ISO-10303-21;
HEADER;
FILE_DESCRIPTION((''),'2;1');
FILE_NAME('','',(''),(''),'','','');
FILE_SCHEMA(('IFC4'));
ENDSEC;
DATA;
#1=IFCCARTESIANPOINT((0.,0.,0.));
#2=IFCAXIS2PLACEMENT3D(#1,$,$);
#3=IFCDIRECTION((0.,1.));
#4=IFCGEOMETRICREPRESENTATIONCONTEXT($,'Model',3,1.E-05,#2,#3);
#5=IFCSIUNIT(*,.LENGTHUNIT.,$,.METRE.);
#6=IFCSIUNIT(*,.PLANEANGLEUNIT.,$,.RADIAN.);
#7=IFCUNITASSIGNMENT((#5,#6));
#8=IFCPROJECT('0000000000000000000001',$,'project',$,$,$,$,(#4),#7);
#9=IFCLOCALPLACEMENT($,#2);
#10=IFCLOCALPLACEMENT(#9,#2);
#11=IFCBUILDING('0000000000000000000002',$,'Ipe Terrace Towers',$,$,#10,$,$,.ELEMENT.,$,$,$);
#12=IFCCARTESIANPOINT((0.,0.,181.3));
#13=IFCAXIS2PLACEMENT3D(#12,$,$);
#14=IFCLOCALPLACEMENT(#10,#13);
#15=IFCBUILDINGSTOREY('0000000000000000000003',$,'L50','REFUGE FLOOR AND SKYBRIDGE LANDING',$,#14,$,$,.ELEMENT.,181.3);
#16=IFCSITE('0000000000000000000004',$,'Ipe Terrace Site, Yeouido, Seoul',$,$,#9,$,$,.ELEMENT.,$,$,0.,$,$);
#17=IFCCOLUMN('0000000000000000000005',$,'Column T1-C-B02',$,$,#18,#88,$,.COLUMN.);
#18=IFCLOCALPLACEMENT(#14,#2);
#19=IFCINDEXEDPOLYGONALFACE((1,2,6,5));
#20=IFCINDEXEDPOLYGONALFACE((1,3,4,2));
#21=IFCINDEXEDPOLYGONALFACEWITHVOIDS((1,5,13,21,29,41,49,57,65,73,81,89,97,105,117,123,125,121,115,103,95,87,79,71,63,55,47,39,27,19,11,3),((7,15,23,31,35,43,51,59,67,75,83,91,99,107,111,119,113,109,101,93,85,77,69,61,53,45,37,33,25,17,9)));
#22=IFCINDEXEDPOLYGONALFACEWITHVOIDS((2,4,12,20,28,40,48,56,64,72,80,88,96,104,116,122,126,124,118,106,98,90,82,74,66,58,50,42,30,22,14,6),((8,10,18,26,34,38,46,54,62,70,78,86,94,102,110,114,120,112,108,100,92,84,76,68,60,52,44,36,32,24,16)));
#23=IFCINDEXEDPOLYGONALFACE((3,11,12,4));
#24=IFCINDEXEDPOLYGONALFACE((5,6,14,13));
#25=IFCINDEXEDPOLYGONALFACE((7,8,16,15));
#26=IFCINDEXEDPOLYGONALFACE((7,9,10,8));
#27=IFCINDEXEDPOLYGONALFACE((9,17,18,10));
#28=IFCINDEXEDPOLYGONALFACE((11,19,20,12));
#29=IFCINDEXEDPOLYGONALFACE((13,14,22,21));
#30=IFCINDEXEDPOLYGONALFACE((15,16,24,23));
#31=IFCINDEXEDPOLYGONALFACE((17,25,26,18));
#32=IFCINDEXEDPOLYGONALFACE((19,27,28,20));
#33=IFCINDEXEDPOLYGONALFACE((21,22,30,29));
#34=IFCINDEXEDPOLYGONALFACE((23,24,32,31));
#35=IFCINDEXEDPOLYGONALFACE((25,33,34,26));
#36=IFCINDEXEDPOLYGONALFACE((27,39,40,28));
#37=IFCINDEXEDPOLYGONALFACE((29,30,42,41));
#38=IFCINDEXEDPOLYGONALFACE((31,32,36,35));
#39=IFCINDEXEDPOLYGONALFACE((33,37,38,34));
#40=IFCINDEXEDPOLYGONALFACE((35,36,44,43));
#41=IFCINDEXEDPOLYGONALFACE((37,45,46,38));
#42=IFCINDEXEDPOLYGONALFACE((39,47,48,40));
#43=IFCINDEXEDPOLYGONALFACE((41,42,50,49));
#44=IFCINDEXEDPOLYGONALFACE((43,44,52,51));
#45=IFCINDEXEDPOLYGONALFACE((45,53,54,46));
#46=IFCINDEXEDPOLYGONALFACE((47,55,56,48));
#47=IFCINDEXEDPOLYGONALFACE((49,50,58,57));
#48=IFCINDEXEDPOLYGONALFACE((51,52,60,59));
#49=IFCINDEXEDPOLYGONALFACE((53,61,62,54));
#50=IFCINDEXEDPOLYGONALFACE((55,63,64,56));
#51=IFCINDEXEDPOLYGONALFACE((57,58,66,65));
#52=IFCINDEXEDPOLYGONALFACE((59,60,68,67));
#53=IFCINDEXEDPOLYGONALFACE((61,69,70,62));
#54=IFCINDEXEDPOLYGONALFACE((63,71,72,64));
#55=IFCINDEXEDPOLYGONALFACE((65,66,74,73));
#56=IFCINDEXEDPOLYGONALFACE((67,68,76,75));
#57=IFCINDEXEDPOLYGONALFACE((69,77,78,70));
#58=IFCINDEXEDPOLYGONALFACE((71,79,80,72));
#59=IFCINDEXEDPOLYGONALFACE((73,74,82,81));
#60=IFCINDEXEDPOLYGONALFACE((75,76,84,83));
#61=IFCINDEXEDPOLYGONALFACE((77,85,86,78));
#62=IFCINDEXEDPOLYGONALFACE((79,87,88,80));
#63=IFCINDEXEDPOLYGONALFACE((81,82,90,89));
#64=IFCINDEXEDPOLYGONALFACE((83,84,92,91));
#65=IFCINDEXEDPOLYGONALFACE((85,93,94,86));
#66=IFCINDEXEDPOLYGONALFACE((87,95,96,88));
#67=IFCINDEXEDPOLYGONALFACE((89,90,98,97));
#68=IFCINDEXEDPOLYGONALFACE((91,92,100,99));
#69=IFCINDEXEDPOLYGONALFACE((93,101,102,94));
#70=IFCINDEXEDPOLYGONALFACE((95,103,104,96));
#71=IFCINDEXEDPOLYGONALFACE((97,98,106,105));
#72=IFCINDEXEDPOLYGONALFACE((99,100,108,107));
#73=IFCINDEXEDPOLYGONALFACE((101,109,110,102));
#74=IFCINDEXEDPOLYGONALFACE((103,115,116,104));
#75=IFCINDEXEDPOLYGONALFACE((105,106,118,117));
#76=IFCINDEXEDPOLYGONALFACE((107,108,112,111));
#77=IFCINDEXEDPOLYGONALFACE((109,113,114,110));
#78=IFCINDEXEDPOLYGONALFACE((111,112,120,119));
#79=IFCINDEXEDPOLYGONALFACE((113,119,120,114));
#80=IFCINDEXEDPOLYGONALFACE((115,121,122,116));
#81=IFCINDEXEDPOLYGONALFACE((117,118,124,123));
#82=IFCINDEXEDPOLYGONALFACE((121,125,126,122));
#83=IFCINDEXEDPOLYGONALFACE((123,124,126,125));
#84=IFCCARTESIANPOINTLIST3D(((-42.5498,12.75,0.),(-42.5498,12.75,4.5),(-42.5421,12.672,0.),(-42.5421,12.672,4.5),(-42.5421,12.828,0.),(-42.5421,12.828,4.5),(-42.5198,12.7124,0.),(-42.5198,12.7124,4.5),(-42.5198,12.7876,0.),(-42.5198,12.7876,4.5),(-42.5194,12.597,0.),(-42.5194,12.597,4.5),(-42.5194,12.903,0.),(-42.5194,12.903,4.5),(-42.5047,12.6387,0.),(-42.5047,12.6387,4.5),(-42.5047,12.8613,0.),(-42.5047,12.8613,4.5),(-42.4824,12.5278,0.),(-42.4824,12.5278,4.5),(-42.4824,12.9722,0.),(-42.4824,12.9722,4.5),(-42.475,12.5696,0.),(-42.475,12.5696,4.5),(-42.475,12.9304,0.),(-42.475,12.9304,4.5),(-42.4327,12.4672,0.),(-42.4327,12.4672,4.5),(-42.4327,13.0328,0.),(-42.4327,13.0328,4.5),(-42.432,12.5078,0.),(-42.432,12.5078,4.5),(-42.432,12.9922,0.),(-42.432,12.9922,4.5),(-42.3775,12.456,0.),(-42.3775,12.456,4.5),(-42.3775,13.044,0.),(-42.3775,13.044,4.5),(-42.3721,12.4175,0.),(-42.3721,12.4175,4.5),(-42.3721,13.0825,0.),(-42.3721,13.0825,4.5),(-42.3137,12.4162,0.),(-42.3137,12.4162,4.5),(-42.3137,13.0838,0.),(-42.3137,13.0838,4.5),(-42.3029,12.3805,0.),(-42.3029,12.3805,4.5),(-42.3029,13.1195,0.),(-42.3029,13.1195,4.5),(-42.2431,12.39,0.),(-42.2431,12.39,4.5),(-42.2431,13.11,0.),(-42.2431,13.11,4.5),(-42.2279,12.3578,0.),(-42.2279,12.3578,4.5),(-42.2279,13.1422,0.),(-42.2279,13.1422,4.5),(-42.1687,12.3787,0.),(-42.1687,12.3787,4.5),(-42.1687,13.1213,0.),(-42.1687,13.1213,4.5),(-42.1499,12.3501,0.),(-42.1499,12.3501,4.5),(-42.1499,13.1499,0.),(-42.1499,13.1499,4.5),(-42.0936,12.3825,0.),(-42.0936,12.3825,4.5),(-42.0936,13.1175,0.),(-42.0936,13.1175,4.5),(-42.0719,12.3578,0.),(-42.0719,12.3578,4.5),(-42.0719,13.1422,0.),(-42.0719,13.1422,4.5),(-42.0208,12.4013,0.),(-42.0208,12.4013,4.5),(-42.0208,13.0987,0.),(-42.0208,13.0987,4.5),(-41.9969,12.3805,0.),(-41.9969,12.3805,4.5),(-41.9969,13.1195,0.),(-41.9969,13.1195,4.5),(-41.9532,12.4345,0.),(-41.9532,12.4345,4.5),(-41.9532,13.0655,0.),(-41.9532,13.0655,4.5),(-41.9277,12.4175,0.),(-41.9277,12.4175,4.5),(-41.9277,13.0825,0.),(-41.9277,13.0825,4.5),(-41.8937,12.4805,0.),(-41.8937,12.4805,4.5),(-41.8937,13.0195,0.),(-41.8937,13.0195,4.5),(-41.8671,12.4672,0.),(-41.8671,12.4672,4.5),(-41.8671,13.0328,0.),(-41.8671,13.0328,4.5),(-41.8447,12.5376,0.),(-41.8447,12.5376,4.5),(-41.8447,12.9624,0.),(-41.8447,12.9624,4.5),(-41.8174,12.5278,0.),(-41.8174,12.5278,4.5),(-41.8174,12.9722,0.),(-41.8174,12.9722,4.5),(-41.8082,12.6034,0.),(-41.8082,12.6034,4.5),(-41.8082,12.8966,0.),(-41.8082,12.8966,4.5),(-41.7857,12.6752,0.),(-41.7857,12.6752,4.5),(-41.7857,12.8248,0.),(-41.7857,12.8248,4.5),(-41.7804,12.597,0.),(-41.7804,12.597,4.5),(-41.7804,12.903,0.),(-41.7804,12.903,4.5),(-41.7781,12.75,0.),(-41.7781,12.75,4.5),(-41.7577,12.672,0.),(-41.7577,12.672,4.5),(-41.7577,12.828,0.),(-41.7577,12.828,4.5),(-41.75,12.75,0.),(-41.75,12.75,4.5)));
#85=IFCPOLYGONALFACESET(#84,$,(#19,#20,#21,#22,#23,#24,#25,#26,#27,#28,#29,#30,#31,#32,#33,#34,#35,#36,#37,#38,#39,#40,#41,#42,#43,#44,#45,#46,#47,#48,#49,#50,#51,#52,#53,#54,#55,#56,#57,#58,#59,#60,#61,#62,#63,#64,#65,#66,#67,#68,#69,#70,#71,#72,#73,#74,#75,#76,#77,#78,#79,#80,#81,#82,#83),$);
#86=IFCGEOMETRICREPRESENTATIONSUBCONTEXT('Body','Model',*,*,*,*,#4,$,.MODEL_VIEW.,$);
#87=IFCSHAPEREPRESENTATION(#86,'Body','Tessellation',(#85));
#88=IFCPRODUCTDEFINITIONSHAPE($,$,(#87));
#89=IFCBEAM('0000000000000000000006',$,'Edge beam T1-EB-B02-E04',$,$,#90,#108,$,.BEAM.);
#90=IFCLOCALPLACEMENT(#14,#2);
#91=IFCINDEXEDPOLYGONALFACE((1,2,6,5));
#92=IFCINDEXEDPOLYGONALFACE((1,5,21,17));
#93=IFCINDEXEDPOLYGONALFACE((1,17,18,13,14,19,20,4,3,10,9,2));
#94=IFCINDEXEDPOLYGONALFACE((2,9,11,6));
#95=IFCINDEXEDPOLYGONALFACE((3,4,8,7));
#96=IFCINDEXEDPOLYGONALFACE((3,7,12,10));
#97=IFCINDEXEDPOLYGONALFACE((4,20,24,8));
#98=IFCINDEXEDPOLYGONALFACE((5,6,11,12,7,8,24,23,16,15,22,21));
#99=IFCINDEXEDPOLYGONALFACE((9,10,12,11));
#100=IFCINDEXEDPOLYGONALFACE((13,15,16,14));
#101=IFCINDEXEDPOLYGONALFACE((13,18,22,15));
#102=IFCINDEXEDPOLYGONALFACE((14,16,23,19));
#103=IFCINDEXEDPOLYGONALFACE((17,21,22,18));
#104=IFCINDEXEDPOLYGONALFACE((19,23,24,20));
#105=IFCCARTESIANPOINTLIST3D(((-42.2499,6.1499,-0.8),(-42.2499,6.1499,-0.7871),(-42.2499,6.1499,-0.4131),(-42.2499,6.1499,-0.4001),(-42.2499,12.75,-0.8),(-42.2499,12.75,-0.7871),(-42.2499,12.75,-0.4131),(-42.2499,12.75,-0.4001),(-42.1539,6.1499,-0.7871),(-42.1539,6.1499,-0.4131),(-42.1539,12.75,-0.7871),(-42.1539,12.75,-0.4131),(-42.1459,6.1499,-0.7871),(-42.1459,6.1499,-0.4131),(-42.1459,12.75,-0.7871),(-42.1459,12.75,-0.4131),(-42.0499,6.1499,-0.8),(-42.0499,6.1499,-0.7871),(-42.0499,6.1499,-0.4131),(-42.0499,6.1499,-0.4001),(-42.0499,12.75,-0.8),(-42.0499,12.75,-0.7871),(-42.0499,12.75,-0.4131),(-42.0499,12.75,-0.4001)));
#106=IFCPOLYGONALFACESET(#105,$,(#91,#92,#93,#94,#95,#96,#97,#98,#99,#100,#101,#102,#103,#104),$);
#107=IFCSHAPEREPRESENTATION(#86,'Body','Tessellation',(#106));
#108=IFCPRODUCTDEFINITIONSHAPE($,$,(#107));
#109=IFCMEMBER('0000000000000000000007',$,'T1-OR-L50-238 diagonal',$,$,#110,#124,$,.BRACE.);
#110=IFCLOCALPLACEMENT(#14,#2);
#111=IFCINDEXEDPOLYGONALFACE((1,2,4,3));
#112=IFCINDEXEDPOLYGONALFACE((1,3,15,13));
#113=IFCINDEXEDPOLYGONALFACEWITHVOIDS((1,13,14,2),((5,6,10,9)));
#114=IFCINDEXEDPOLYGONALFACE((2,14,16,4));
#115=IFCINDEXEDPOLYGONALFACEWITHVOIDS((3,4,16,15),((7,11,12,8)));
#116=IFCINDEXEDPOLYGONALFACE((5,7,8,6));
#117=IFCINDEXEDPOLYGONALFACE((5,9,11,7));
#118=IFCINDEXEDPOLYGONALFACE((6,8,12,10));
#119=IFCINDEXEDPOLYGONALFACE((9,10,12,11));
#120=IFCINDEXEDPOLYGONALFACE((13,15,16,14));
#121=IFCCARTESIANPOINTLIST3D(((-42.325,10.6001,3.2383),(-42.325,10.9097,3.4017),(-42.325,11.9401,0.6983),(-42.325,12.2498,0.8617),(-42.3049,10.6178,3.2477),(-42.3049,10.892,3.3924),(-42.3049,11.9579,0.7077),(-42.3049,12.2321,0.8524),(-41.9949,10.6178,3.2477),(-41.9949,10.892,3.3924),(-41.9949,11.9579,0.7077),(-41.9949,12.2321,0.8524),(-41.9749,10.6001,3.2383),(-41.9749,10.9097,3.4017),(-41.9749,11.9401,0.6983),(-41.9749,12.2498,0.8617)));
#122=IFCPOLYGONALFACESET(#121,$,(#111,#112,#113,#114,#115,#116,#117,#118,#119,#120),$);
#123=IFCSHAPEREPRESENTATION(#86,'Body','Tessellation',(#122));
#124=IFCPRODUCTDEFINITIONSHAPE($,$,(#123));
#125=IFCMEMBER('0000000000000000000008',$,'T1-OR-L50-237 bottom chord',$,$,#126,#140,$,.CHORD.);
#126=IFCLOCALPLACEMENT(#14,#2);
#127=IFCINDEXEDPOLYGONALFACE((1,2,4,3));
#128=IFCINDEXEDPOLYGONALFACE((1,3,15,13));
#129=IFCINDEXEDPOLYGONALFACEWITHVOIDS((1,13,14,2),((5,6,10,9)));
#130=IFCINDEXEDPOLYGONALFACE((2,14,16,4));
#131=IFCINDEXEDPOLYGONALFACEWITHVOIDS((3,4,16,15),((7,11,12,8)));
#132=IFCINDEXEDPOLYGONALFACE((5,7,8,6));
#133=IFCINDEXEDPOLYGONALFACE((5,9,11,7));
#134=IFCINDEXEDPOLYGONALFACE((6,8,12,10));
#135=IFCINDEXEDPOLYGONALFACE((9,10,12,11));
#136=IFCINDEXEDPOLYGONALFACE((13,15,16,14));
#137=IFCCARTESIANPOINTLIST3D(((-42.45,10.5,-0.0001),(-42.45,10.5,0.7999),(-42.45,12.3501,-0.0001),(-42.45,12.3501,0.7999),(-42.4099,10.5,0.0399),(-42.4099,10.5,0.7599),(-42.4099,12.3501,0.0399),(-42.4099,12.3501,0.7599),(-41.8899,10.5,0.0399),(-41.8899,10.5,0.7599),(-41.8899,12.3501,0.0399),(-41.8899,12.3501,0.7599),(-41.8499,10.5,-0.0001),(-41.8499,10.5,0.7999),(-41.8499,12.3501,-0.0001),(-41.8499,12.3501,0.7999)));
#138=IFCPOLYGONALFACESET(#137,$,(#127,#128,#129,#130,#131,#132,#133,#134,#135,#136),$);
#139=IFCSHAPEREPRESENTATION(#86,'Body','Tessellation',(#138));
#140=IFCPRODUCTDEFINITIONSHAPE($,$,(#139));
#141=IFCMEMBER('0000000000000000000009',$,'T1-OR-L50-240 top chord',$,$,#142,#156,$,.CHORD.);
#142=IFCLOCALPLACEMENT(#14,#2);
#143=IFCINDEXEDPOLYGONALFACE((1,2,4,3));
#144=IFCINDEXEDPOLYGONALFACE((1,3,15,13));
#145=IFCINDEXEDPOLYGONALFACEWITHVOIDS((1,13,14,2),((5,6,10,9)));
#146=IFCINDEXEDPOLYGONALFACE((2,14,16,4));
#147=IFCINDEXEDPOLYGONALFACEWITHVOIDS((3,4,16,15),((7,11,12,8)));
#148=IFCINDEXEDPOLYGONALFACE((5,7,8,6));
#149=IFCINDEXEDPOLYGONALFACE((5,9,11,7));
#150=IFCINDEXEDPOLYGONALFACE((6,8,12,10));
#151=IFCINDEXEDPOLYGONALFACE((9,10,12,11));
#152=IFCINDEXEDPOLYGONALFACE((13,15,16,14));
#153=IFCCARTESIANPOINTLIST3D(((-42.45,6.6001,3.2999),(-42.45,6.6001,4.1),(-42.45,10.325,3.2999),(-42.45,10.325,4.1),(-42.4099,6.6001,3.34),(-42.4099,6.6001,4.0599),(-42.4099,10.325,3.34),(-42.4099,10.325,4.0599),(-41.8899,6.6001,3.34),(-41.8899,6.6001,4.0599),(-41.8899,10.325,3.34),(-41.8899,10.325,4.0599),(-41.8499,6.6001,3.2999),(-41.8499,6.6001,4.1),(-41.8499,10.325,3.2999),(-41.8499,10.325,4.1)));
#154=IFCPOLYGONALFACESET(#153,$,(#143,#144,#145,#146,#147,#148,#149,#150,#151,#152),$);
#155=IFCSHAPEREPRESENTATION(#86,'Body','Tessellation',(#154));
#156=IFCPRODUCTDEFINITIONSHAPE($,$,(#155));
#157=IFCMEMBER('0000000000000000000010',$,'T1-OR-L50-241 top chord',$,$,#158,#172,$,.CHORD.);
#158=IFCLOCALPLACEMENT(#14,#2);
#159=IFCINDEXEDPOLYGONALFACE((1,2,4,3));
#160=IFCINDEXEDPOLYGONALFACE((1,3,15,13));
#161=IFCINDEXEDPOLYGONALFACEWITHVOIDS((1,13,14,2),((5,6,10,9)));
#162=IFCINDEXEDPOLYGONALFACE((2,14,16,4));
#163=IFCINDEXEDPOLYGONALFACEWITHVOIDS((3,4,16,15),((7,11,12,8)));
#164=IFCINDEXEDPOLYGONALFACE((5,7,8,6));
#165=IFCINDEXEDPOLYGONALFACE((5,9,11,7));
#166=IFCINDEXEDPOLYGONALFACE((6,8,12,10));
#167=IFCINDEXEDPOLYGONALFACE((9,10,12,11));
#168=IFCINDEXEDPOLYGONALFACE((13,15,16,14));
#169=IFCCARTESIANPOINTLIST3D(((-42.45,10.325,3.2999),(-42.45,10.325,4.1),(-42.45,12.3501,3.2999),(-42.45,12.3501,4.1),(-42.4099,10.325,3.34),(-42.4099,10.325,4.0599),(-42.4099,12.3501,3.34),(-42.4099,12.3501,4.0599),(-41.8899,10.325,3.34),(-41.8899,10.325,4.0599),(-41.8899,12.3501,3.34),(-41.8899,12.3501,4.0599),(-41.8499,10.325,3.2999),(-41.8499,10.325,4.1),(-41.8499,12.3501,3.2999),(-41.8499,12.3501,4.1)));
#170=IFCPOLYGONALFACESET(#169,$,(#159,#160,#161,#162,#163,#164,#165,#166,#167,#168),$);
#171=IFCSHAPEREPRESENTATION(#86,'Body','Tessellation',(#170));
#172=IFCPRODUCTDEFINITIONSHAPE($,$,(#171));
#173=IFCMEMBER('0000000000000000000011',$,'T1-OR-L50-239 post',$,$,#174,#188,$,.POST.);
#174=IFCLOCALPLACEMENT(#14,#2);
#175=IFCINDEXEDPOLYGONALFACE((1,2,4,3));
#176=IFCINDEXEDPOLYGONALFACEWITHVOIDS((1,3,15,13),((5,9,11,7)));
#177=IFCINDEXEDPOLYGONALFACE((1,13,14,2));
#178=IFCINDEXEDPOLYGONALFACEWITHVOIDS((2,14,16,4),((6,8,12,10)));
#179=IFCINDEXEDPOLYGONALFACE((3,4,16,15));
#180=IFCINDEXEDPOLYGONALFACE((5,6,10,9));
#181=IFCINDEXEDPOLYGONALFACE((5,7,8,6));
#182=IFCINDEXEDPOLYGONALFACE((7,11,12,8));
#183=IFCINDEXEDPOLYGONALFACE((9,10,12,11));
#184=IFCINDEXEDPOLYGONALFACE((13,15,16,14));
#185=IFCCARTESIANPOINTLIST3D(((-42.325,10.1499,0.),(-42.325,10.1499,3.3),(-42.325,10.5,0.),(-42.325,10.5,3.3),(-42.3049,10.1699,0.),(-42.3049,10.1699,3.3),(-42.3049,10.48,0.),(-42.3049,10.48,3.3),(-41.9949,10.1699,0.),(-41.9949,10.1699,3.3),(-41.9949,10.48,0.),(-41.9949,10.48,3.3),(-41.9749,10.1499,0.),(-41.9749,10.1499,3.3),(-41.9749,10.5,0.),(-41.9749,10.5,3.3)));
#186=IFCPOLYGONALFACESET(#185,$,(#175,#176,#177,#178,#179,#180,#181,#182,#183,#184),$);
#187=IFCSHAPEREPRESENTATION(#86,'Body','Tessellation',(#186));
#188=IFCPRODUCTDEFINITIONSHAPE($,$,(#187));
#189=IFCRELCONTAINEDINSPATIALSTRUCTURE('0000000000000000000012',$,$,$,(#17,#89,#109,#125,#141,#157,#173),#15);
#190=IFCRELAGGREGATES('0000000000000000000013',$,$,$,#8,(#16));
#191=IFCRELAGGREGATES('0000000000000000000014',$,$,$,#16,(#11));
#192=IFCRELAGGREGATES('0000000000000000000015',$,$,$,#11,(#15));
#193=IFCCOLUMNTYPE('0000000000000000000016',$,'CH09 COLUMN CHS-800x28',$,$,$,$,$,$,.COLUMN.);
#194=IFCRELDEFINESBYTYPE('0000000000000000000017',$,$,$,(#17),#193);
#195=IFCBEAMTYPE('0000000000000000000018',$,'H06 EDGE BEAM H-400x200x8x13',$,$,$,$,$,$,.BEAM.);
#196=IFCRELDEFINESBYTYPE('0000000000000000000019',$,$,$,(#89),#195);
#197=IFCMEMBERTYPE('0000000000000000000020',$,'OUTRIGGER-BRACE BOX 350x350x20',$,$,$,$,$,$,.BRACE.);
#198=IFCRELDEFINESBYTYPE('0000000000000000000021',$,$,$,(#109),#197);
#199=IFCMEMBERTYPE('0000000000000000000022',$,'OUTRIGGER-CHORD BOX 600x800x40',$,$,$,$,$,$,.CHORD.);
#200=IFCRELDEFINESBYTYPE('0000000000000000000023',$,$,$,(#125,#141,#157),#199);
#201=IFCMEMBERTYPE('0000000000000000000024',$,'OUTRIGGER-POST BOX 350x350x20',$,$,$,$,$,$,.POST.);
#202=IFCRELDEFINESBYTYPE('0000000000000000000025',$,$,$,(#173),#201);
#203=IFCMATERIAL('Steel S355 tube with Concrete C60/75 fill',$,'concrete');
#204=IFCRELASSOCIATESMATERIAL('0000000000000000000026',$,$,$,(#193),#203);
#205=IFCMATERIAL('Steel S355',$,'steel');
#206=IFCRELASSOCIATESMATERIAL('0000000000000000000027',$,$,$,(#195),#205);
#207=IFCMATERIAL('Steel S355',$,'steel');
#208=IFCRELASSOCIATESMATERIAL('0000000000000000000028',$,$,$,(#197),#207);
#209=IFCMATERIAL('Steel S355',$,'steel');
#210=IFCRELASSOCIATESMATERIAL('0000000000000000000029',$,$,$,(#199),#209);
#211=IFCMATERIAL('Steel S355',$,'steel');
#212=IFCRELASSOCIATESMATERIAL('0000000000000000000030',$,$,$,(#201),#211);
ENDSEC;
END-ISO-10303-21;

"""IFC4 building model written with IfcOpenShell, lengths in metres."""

from ifc_helpers import new_model, si_unit, direction, frame, origin, origin_2d, place, context, subcontext, project, spatial, hollow_rectangle, hollow_circle, i_section, extrude, material, material_profile, profile_set, type_object, element, save


model = new_model("IFC4")

# Units and contexts
model_context = context("Model", 3, precision=1e-05, world=origin(), true_north=direction((0.0, 1.0)))
body_context = subcontext(model_context, "Body", "Model", "MODEL_VIEW")
ifc_project = project(units=[si_unit("LENGTHUNIT", "METRE"), si_unit("PLANEANGLEUNIT", "RADIAN")], contexts=[model_context])

# Site, building, storey
site_placement = place(None, origin())
site = spatial("IfcSite", under=ifc_project, at=site_placement, Name="Ipe Terrace Site, Yeouido, Seoul", CompositionType="ELEMENT", RefElevation=0.0)
building_placement = place(site_placement, origin())
building = spatial("IfcBuilding", under=site, at=building_placement, Name="Ipe Terrace Towers", CompositionType="ELEMENT")
storey_placement = place(building_placement, frame((0.0, 0.0, 181.3)))
storey = spatial("IfcBuildingStorey", under=building, at=storey_placement, Name="L50", Description="REFUGE FLOOR AND SKYBRIDGE LANDING", CompositionType="ELEMENT", Elevation=181.3)

# Column
ifc_material_1 = material(Name="Steel S355 tube with Concrete C60/75 fill", Category="concrete")
ifc_material_profile_1 = material_profile(ifc_material_1, hollow_circle(Radius=0.3999, WallThickness=0.0281, at=origin_2d()), Name="CHS-800x28")
ifc_profile_set_1 = profile_set([ifc_material_profile_1], Name="Steel S355 tube with Concrete C60/75 fill")
column_type = type_object("IfcColumnType", Name="CH09 COLUMN CHS-800x28", PredefinedType="COLUMN", material=ifc_profile_set_1)
column_placement = place(storey_placement, frame((-42.1499, 12.75, 0.0), z_axis=(0.0, 0.0, 1.0), x_axis=(1.0, 0.0, 0.0)))
element("IfcColumn", 1, at=column_placement, inside=storey, type_object=column_type, Name="Column T1-C-B02", PredefinedType="COLUMN", context=body_context, shape_type="SweptSolid", body=[
    extrude(hollow_circle(Radius=0.3999, WallThickness=0.0281, at=origin_2d()), origin(), (0.0, 0.0, 1.0), 4.5),
])

# Beam
ifc_material_2 = material(Name="Steel S355", Category="steel")
ifc_material_profile_2 = material_profile(ifc_material_2, i_section(OverallWidth=0.2, OverallDepth=0.3999, WebThickness=0.0081, FlangeThickness=0.0129, at=origin_2d()), Name="H-400x200x8x13")
ifc_profile_set_2 = profile_set([ifc_material_profile_2], Name="Steel S355")
beam_type = type_object("IfcBeamType", Name="H06 EDGE BEAM H-400x200x8x13", PredefinedType="BEAM", material=ifc_profile_set_2)
beam_placement = place(storey_placement, frame((-42.1499, 12.75, -0.6001), z_axis=(0.0, -1.0, 0.0), x_axis=(1.0, 0.0, 0.0)))
element("IfcBeam", 2, at=beam_placement, inside=storey, type_object=beam_type, Name="Edge beam T1-EB-B02-E04", PredefinedType="BEAM", context=body_context, shape_type="SweptSolid", body=[
    extrude(i_section(OverallWidth=0.2, OverallDepth=0.3999, WebThickness=0.0081, FlangeThickness=0.0129, at=origin_2d()), origin(), (0.0, 0.0, 1.0), 6.6001),
])

# Members
ifc_material_3 = material(Name="Steel S355", Category="steel")
ifc_material_profile_3 = material_profile(ifc_material_3, hollow_rectangle(XDim=0.3501, YDim=0.3501, WallThickness=0.02, at=origin_2d()), Name="OUTRIGGER-BRACE BOX 350x350x20")
ifc_profile_set_3 = profile_set([ifc_material_profile_3], Name="Steel S355")
member_type_1 = type_object("IfcMemberType", Name="OUTRIGGER-BRACE BOX 350x350x20", PredefinedType="BRACE", material=ifc_profile_set_3)
member_1_placement = place(storey_placement, frame((-42.1499, 12.095, 0.78), z_axis=(0.0, -0.466626, 0.884455), x_axis=(1.0, 0.0, 0.0)))
element("IfcMember", 3, at=member_1_placement, inside=storey, type_object=member_type_1, Name="T1-OR-L50-238 diagonal", PredefinedType="BRACE", context=body_context, shape_type="SweptSolid", body=[
    extrude(hollow_rectangle(XDim=0.3501, YDim=0.3501, WallThickness=0.02, at=origin_2d()), origin(), (0.0, 0.0, 1.0), 2.8718),
])
ifc_material_4 = material(Name="Steel S355", Category="steel")
ifc_material_profile_4 = material_profile(ifc_material_4, hollow_rectangle(XDim=0.6001, YDim=0.8, WallThickness=0.04, at=origin_2d()), Name="OUTRIGGER-CHORD BOX 600x800x40")
ifc_profile_set_4 = profile_set([ifc_material_profile_4], Name="Steel S355")
member_type_2 = type_object("IfcMemberType", Name="OUTRIGGER-CHORD BOX 600x800x40", PredefinedType="CHORD", material=ifc_profile_set_4)
member_2_placement = place(storey_placement, frame((-42.1499, 10.5, 0.3999), z_axis=(0.0, 1.0, 0.0), x_axis=(-1.0, 0.0, 0.0)))
element("IfcMember", 4, at=member_2_placement, inside=storey, type_object=member_type_2, Name="T1-OR-L50-237 bottom chord", PredefinedType="CHORD", context=body_context, shape_type="SweptSolid", body=[
    extrude(hollow_rectangle(XDim=0.6001, YDim=0.8, WallThickness=0.04, at=origin_2d()), origin(), (0.0, 0.0, 1.0), 1.8501),
])
member_3_placement = place(storey_placement, frame((-42.1499, 6.6001, 3.7), z_axis=(0.0, 1.0, 0.0), x_axis=(-1.0, 0.0, 0.0)))
element("IfcMember", 5, at=member_3_placement, inside=storey, type_object=member_type_2, Name="T1-OR-L50-240 top chord", PredefinedType="CHORD", context=body_context, shape_type="SweptSolid", body=[
    extrude(hollow_rectangle(XDim=0.6001, YDim=0.8, WallThickness=0.04, at=origin_2d()), origin(), (0.0, 0.0, 1.0), 3.7249),
])
member_4_placement = place(storey_placement, frame((-42.1499, 10.325, 3.7), z_axis=(0.0, 1.0, 0.0), x_axis=(-1.0, 0.0, 0.0)))
element("IfcMember", 6, at=member_4_placement, inside=storey, type_object=member_type_2, Name="T1-OR-L50-241 top chord", PredefinedType="CHORD", context=body_context, shape_type="SweptSolid", body=[
    extrude(hollow_rectangle(XDim=0.6001, YDim=0.8, WallThickness=0.04, at=origin_2d()), origin(), (0.0, 0.0, 1.0), 2.0251),
])
ifc_material_5 = material(Name="Steel S355", Category="steel")
ifc_material_profile_5 = material_profile(ifc_material_5, hollow_rectangle(XDim=0.3501, YDim=0.3501, WallThickness=0.02, at=origin_2d()), Name="OUTRIGGER-POST BOX 350x350x20")
ifc_profile_set_5 = profile_set([ifc_material_profile_5], Name="Steel S355")
member_type_3 = type_object("IfcMemberType", Name="OUTRIGGER-POST BOX 350x350x20", PredefinedType="POST", material=ifc_profile_set_5)
member_5_placement = place(storey_placement, frame((-42.1499, 10.325, 0.0), z_axis=(0.0, 0.0, 1.0), x_axis=(1.0, 0.0, 0.0)))
element("IfcMember", 7, at=member_5_placement, inside=storey, type_object=member_type_3, Name="T1-OR-L50-239 post", PredefinedType="POST", context=body_context, shape_type="SweptSolid", body=[
    extrude(hollow_rectangle(XDim=0.3501, YDim=0.3501, WallThickness=0.02, at=origin_2d()), origin(), (0.0, 0.0, 1.0), 3.3),
])

save(model, "model.ifc")
